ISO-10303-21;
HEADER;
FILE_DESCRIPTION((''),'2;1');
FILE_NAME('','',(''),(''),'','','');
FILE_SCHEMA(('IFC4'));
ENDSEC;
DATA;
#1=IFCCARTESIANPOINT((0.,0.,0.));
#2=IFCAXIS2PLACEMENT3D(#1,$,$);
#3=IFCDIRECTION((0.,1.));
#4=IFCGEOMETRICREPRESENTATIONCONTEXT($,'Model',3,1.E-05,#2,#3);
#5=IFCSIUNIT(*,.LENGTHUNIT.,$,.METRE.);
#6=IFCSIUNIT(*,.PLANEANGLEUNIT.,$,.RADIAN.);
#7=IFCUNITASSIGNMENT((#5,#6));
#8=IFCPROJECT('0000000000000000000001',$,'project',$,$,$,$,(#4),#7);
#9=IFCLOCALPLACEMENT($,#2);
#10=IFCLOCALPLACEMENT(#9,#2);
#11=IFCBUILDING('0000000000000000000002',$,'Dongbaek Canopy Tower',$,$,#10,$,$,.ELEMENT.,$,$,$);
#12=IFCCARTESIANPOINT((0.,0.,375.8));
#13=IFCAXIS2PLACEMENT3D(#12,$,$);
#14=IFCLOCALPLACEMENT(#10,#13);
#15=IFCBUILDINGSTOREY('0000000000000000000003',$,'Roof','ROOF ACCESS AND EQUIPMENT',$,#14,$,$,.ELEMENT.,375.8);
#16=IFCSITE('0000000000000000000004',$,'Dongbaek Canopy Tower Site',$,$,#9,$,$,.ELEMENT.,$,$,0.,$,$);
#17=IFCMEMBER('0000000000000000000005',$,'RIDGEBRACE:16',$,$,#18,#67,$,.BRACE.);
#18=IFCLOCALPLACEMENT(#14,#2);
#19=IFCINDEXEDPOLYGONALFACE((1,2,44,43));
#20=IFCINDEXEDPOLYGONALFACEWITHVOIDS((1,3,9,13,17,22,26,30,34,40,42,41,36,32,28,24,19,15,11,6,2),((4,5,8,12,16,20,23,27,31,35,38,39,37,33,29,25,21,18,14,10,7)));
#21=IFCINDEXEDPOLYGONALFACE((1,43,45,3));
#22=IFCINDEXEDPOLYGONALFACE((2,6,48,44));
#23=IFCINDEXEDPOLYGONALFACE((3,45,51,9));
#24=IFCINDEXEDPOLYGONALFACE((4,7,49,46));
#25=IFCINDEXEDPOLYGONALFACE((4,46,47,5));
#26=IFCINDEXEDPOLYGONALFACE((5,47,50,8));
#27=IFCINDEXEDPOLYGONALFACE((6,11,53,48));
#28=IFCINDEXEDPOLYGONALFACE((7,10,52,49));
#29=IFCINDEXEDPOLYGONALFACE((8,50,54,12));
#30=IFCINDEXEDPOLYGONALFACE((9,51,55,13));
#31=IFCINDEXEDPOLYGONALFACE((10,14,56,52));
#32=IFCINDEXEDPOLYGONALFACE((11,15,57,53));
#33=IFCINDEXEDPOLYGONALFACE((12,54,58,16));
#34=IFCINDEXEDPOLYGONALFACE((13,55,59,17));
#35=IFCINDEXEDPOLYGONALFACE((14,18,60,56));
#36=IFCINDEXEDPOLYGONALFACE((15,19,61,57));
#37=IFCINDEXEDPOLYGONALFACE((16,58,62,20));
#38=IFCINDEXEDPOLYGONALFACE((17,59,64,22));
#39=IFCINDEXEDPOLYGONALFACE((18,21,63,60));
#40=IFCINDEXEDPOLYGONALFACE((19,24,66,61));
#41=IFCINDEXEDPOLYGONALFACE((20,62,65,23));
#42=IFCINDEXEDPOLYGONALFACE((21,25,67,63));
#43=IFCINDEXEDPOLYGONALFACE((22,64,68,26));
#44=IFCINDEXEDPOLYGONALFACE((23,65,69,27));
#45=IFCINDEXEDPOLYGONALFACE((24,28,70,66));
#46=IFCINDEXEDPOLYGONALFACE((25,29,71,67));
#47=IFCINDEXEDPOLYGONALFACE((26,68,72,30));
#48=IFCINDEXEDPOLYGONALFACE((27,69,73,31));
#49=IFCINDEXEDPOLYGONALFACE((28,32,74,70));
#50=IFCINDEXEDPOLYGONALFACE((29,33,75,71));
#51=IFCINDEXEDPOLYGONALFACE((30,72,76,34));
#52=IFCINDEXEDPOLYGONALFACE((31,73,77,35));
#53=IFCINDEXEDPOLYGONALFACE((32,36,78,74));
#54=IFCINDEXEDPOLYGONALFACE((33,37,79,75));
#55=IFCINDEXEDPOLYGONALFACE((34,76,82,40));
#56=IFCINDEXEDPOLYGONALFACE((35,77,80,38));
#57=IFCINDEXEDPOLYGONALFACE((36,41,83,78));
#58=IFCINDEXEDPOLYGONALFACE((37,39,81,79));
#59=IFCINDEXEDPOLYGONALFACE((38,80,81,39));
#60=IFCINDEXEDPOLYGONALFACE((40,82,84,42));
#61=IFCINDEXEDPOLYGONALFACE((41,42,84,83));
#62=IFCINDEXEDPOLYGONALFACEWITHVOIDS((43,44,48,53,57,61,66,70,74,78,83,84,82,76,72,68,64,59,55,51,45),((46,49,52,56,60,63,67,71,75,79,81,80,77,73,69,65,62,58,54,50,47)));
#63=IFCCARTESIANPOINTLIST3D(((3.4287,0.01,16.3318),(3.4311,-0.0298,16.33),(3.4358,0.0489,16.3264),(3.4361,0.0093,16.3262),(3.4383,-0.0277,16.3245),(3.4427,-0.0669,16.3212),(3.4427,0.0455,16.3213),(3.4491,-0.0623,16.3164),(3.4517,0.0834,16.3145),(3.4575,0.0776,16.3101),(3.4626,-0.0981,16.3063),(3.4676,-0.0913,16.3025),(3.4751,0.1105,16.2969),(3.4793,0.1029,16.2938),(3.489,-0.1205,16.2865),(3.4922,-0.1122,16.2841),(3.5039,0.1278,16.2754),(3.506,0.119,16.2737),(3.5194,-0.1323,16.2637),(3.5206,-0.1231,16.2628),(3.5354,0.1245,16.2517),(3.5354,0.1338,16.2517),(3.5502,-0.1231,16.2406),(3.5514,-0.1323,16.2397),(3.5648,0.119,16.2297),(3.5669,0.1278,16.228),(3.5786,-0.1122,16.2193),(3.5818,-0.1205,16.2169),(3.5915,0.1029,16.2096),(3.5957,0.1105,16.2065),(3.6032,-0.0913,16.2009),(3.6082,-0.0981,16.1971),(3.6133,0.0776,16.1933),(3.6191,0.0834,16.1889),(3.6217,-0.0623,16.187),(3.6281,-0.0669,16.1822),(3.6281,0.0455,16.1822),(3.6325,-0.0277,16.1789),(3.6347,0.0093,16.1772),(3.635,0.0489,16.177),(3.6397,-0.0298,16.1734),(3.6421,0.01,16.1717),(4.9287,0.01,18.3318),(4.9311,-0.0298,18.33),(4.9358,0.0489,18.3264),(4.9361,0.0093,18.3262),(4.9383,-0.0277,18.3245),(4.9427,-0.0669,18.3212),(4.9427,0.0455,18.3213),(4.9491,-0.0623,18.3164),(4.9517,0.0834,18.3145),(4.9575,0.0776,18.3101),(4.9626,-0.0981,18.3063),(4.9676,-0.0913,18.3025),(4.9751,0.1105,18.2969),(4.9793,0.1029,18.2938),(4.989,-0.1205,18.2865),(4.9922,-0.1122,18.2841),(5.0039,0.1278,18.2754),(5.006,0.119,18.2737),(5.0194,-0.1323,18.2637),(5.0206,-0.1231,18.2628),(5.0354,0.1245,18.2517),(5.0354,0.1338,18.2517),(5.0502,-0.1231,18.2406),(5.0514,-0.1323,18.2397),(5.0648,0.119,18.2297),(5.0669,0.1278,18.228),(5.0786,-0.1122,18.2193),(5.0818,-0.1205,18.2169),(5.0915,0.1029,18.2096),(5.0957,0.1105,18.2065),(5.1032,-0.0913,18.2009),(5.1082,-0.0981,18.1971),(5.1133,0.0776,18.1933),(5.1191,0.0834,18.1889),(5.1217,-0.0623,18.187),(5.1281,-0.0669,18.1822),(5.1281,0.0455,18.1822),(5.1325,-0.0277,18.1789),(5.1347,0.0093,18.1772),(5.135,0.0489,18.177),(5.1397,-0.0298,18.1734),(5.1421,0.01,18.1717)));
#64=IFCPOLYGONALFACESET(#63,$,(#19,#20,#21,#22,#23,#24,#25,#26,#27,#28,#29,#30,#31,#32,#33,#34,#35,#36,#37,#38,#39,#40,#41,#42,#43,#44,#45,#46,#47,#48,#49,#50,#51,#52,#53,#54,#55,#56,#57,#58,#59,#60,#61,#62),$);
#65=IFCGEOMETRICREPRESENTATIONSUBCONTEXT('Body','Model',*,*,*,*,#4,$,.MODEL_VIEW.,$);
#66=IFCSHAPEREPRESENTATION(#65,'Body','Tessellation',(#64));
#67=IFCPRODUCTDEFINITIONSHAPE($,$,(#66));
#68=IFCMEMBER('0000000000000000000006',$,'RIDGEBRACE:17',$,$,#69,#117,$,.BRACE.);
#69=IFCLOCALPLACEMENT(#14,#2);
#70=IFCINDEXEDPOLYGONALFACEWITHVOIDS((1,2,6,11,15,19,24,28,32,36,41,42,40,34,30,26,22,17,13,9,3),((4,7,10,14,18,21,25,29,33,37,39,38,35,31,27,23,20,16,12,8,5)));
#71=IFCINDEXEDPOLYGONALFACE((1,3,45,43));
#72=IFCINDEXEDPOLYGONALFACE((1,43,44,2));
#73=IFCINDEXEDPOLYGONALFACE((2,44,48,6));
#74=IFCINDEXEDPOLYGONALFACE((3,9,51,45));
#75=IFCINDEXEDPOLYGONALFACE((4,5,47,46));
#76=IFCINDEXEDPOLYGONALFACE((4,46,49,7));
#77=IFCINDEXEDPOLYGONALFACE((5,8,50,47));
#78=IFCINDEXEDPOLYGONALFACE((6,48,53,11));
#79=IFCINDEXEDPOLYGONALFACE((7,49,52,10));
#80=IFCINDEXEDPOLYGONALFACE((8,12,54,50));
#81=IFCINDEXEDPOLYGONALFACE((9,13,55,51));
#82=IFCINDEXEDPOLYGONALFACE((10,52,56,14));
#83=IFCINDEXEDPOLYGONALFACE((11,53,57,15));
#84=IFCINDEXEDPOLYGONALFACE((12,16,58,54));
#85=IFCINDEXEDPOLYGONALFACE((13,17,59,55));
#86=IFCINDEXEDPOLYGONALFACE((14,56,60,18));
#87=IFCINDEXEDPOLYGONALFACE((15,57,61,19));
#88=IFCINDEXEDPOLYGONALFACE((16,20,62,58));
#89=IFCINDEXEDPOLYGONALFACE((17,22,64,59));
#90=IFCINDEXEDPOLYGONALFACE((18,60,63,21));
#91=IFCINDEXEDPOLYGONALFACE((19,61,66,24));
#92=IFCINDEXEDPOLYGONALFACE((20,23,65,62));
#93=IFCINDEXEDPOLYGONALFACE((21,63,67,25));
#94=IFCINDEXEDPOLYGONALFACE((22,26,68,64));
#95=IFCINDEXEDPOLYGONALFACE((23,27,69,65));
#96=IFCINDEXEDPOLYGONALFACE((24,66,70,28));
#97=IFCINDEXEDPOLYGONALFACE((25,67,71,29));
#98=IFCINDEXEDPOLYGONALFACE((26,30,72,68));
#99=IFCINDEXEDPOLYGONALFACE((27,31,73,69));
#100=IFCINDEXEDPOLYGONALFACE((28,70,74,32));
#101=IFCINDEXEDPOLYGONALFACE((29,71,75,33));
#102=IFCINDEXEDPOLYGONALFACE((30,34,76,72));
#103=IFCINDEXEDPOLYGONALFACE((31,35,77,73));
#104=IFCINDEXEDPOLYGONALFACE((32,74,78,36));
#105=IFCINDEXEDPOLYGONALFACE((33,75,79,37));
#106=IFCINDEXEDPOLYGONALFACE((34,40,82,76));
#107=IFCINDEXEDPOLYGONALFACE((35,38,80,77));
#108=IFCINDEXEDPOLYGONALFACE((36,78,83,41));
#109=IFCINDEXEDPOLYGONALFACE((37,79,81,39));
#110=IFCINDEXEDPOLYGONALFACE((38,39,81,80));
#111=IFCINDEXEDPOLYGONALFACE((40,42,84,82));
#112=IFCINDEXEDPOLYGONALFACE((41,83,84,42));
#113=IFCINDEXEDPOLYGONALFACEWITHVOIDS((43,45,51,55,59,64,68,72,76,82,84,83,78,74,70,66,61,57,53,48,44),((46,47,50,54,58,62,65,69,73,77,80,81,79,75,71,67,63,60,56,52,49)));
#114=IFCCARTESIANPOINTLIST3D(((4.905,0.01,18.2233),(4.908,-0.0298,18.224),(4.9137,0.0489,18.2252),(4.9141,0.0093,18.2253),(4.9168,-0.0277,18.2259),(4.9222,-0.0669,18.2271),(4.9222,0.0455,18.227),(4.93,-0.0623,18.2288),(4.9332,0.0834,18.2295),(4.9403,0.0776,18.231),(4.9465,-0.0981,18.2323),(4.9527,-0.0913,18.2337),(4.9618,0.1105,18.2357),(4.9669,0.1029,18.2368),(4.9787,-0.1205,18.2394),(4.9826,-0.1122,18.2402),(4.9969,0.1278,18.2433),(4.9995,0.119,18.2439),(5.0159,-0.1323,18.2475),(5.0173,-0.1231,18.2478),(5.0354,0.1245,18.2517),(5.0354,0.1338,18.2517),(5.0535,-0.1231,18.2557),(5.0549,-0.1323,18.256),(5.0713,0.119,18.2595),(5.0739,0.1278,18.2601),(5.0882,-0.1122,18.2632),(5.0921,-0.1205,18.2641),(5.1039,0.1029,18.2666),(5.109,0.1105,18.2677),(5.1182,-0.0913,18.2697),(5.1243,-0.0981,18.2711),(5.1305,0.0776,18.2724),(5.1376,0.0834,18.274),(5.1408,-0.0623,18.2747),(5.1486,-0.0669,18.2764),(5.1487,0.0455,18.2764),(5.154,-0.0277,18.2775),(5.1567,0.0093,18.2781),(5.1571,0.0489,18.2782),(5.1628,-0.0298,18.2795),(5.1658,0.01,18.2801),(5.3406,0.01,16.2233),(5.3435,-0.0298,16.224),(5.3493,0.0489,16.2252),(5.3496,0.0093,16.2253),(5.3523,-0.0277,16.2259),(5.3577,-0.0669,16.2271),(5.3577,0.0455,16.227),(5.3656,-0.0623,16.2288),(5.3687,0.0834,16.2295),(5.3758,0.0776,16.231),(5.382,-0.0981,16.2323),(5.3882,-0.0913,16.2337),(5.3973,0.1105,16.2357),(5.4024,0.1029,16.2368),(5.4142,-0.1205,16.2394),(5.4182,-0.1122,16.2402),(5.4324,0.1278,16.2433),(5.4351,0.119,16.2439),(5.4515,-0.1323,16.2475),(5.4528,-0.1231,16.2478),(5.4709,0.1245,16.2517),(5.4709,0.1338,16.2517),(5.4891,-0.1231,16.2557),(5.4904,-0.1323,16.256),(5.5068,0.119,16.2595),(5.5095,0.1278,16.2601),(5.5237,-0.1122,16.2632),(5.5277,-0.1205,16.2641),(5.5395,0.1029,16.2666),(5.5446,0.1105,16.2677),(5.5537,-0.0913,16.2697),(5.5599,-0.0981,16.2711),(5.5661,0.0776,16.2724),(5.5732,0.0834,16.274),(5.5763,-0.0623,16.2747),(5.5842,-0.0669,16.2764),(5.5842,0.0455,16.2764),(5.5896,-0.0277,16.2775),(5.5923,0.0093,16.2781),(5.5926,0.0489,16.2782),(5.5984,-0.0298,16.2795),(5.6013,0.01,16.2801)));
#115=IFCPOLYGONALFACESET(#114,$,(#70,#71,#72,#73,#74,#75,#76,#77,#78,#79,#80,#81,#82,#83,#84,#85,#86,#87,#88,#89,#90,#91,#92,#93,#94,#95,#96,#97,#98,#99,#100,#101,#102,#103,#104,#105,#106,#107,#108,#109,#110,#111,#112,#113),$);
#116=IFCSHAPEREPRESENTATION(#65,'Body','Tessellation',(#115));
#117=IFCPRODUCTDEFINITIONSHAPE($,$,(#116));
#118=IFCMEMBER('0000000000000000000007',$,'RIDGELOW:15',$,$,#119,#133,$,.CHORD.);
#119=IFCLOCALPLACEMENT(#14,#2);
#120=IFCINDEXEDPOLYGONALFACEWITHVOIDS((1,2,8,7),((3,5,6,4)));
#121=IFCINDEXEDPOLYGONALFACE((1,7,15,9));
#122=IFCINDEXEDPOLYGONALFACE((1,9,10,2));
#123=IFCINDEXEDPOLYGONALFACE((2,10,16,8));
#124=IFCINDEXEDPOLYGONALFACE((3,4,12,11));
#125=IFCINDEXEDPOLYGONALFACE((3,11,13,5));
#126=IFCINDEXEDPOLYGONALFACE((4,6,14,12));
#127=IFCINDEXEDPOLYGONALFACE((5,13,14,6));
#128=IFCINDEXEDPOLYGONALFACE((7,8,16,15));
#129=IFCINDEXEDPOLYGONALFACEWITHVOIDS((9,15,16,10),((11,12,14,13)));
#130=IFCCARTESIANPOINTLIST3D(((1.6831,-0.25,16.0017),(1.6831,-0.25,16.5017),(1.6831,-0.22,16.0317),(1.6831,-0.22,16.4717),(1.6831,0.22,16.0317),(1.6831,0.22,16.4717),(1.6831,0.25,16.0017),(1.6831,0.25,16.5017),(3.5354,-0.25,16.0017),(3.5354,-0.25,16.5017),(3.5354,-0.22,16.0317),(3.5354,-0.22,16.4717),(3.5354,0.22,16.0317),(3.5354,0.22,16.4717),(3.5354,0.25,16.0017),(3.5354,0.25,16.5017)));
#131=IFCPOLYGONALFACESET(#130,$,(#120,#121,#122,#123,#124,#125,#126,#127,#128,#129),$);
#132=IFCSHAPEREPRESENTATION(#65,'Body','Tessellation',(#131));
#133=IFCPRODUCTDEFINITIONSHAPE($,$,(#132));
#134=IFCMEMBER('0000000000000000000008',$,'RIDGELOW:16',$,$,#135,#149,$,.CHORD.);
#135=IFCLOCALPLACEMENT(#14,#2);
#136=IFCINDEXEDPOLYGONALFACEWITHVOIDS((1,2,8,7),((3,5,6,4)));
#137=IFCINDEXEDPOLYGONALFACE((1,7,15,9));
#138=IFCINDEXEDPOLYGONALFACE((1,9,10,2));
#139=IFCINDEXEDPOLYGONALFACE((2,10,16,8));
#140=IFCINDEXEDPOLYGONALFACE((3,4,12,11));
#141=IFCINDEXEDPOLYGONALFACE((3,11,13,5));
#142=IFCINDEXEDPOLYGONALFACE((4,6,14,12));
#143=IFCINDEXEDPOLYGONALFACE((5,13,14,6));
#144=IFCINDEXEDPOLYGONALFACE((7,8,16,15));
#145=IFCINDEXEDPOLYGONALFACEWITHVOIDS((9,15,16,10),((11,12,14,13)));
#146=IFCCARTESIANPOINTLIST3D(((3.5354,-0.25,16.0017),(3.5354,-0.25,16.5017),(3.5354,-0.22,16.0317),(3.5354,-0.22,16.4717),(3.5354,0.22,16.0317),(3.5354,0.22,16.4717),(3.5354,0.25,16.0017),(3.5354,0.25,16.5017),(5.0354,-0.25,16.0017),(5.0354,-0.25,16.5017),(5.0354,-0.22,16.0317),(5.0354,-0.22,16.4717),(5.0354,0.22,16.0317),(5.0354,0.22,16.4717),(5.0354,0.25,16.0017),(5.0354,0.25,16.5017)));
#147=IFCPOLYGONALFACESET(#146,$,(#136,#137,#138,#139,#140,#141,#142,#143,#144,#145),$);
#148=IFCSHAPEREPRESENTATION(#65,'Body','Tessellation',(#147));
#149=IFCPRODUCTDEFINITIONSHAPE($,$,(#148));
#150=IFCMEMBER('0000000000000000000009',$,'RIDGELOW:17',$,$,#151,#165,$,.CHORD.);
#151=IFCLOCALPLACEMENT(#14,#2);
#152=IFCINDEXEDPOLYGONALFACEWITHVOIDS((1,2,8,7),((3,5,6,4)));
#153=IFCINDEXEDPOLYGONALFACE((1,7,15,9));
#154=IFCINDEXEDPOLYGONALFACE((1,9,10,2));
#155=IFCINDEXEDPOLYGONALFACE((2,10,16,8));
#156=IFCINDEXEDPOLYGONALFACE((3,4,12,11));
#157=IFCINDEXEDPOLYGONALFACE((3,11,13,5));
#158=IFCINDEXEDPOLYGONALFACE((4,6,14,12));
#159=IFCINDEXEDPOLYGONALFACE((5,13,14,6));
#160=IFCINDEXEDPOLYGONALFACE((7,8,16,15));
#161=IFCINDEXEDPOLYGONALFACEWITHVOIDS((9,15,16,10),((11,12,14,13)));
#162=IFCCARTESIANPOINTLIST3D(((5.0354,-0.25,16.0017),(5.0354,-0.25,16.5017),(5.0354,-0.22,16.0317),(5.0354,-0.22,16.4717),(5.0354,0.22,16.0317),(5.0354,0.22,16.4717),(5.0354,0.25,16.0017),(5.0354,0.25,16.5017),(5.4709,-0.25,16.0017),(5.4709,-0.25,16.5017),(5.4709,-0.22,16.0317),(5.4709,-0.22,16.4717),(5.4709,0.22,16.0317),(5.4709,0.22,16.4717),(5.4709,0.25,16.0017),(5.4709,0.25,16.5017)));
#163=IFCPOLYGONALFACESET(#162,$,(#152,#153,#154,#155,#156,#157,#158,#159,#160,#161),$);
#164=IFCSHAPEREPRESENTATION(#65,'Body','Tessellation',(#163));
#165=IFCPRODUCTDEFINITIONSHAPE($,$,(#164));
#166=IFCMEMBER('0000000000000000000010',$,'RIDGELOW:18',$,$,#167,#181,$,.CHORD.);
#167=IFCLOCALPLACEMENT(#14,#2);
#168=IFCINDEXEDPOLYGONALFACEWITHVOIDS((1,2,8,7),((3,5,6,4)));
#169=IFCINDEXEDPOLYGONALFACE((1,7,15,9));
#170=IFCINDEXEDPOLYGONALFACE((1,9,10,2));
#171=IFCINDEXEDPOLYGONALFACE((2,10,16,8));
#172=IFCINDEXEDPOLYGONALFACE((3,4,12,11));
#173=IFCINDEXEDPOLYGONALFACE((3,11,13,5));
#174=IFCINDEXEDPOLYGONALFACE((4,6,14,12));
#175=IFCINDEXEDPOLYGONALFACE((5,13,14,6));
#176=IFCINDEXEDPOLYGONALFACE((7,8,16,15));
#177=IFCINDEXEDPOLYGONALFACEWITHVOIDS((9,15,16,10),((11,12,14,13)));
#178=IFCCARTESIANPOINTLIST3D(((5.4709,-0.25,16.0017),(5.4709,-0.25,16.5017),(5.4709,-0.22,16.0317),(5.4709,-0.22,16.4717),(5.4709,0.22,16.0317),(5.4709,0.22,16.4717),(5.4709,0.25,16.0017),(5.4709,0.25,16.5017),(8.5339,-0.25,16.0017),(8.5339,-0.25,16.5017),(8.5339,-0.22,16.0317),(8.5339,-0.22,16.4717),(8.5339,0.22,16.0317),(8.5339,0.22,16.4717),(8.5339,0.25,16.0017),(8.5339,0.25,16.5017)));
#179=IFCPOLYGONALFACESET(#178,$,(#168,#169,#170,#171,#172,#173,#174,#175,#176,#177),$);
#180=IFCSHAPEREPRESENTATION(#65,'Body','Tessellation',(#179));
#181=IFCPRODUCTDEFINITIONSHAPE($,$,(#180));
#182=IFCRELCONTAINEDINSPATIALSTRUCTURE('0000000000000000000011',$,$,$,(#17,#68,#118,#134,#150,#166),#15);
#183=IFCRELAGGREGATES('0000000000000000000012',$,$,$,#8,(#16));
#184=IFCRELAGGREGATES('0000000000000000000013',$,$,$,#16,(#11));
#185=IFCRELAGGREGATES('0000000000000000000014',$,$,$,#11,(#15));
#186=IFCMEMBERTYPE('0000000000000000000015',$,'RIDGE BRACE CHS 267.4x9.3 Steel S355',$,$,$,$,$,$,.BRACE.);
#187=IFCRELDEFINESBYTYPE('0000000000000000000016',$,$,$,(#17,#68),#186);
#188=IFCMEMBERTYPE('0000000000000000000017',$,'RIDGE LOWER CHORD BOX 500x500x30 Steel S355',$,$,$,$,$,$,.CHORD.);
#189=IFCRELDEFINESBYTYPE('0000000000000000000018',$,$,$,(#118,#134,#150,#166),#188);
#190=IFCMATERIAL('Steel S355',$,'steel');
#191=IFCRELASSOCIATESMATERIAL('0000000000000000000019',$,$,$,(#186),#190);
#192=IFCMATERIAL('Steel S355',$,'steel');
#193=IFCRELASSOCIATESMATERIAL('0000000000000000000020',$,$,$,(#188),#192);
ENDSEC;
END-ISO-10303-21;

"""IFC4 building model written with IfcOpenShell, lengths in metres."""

from ifc_helpers import new_model, si_unit, direction, frame, origin, origin_2d, place, context, subcontext, project, spatial, hollow_rectangle, hollow_circle, extrude, material, material_profile, profile_set, type_object, element, save


model = new_model("IFC4")

# Units and contexts
model_context = context("Model", 3, precision=1e-05, world=origin(), true_north=direction((0.0, 1.0)))
body_context = subcontext(model_context, "Body", "Model", "MODEL_VIEW")
ifc_project = project(units=[si_unit("LENGTHUNIT", "METRE"), si_unit("PLANEANGLEUNIT", "RADIAN")], contexts=[model_context])

# Site, building, storey
site_placement = place(None, origin())
site = spatial("IfcSite", under=ifc_project, at=site_placement, Name="Dongbaek Canopy Tower Site", CompositionType="ELEMENT", RefElevation=0.0)
building_placement = place(site_placement, origin())
building = spatial("IfcBuilding", under=site, at=building_placement, Name="Dongbaek Canopy Tower", CompositionType="ELEMENT")
storey_placement = place(building_placement, frame((0.0, 0.0, 375.8)))
storey = spatial("IfcBuildingStorey", under=building, at=storey_placement, Name="Roof", Description="ROOF ACCESS AND EQUIPMENT", CompositionType="ELEMENT", Elevation=375.8)

# Members
ifc_material_1 = material(Name="Steel S355", Category="steel")
ifc_material_profile_1 = material_profile(ifc_material_1, hollow_circle(Radius=0.1338, WallThickness=0.0093, at=origin_2d()), Name="RIDGE BRACE CHS 267.4x9.3 Steel S355")
ifc_profile_set_1 = profile_set([ifc_material_profile_1], Name="Steel S355")
member_type_1 = type_object("IfcMemberType", Name="RIDGE BRACE CHS 267.4x9.3 Steel S355", PredefinedType="BRACE", material=ifc_profile_set_1)
member_1_placement = place(storey_placement, frame((3.5354, 0.0, 16.2517), z_axis=(0.6, 0.0, 0.8), x_axis=(0.0, 1.0, 0.0)))
element("IfcMember", 1, at=member_1_placement, inside=storey, type_object=member_type_1, Name="RIDGEBRACE:16", PredefinedType="BRACE", context=body_context, shape_type="SweptSolid", body=[
    extrude(hollow_circle(Radius=0.1338, WallThickness=0.0093, at=origin_2d()), origin(), (0.0, 0.0, 1.0), 2.5),
])
member_2_placement = place(storey_placement, frame((5.0354, 0.0, 18.2517), z_axis=(0.212786, 0.0, -0.977099), x_axis=(0.0, 1.0, 0.0)))
element("IfcMember", 2, at=member_2_placement, inside=storey, type_object=member_type_1, Name="RIDGEBRACE:17", PredefinedType="BRACE", context=body_context, shape_type="SweptSolid", body=[
    extrude(hollow_circle(Radius=0.1338, WallThickness=0.0093, at=origin_2d()), origin(), (0.0, 0.0, 1.0), 2.0469),
])
ifc_material_2 = material(Name="Steel S355", Category="steel")
ifc_material_profile_2 = material_profile(ifc_material_2, hollow_rectangle(XDim=0.5, YDim=0.5, WallThickness=0.03, at=origin_2d()), Name="RIDGE LOWER CHORD BOX 500x500x30 Steel S355")
ifc_profile_set_2 = profile_set([ifc_material_profile_2], Name="Steel S355")
member_type_2 = type_object("IfcMemberType", Name="RIDGE LOWER CHORD BOX 500x500x30 Steel S355", PredefinedType="CHORD", material=ifc_profile_set_2)
member_3_placement = place(storey_placement, frame((1.6831, 0.0, 16.2517), z_axis=(1.0, 0.0, 0.0), x_axis=(0.0, 1.0, 0.0)))
element("IfcMember", 3, at=member_3_placement, inside=storey, type_object=member_type_2, Name="RIDGELOW:15", PredefinedType="CHORD", context=body_context, shape_type="SweptSolid", body=[
    extrude(hollow_rectangle(XDim=0.5, YDim=0.5, WallThickness=0.03, at=origin_2d()), origin(), (0.0, 0.0, 1.0), 1.8523),
])
member_4_placement = place(storey_placement, frame((3.5354, 0.0, 16.2517), z_axis=(1.0, 0.0, 0.0), x_axis=(0.0, 1.0, 0.0)))
element("IfcMember", 4, at=member_4_placement, inside=storey, type_object=member_type_2, Name="RIDGELOW:16", PredefinedType="CHORD", context=body_context, shape_type="SweptSolid", body=[
    extrude(hollow_rectangle(XDim=0.5, YDim=0.5, WallThickness=0.03, at=origin_2d()), origin(), (0.0, 0.0, 1.0), 1.5),
])
member_5_placement = place(storey_placement, frame((5.0354, 0.0, 16.2517), z_axis=(1.0, 0.0, 0.0), x_axis=(0.0, 1.0, 0.0)))
element("IfcMember", 5, at=member_5_placement, inside=storey, type_object=member_type_2, Name="RIDGELOW:17", PredefinedType="CHORD", context=body_context, shape_type="SweptSolid", body=[
    extrude(hollow_rectangle(XDim=0.5, YDim=0.5, WallThickness=0.03, at=origin_2d()), origin(), (0.0, 0.0, 1.0), 0.4355),
])
member_6_placement = place(storey_placement, frame((5.4709, 0.0, 16.2517), z_axis=(1.0, 0.0, 0.0), x_axis=(0.0, 1.0, 0.0)))
element("IfcMember", 6, at=member_6_placement, inside=storey, type_object=member_type_2, Name="RIDGELOW:18", PredefinedType="CHORD", context=body_context, shape_type="SweptSolid", body=[
    extrude(hollow_rectangle(XDim=0.5, YDim=0.5, WallThickness=0.03, at=origin_2d()), origin(), (0.0, 0.0, 1.0), 3.063),
])

save(model, "model.ifc")
